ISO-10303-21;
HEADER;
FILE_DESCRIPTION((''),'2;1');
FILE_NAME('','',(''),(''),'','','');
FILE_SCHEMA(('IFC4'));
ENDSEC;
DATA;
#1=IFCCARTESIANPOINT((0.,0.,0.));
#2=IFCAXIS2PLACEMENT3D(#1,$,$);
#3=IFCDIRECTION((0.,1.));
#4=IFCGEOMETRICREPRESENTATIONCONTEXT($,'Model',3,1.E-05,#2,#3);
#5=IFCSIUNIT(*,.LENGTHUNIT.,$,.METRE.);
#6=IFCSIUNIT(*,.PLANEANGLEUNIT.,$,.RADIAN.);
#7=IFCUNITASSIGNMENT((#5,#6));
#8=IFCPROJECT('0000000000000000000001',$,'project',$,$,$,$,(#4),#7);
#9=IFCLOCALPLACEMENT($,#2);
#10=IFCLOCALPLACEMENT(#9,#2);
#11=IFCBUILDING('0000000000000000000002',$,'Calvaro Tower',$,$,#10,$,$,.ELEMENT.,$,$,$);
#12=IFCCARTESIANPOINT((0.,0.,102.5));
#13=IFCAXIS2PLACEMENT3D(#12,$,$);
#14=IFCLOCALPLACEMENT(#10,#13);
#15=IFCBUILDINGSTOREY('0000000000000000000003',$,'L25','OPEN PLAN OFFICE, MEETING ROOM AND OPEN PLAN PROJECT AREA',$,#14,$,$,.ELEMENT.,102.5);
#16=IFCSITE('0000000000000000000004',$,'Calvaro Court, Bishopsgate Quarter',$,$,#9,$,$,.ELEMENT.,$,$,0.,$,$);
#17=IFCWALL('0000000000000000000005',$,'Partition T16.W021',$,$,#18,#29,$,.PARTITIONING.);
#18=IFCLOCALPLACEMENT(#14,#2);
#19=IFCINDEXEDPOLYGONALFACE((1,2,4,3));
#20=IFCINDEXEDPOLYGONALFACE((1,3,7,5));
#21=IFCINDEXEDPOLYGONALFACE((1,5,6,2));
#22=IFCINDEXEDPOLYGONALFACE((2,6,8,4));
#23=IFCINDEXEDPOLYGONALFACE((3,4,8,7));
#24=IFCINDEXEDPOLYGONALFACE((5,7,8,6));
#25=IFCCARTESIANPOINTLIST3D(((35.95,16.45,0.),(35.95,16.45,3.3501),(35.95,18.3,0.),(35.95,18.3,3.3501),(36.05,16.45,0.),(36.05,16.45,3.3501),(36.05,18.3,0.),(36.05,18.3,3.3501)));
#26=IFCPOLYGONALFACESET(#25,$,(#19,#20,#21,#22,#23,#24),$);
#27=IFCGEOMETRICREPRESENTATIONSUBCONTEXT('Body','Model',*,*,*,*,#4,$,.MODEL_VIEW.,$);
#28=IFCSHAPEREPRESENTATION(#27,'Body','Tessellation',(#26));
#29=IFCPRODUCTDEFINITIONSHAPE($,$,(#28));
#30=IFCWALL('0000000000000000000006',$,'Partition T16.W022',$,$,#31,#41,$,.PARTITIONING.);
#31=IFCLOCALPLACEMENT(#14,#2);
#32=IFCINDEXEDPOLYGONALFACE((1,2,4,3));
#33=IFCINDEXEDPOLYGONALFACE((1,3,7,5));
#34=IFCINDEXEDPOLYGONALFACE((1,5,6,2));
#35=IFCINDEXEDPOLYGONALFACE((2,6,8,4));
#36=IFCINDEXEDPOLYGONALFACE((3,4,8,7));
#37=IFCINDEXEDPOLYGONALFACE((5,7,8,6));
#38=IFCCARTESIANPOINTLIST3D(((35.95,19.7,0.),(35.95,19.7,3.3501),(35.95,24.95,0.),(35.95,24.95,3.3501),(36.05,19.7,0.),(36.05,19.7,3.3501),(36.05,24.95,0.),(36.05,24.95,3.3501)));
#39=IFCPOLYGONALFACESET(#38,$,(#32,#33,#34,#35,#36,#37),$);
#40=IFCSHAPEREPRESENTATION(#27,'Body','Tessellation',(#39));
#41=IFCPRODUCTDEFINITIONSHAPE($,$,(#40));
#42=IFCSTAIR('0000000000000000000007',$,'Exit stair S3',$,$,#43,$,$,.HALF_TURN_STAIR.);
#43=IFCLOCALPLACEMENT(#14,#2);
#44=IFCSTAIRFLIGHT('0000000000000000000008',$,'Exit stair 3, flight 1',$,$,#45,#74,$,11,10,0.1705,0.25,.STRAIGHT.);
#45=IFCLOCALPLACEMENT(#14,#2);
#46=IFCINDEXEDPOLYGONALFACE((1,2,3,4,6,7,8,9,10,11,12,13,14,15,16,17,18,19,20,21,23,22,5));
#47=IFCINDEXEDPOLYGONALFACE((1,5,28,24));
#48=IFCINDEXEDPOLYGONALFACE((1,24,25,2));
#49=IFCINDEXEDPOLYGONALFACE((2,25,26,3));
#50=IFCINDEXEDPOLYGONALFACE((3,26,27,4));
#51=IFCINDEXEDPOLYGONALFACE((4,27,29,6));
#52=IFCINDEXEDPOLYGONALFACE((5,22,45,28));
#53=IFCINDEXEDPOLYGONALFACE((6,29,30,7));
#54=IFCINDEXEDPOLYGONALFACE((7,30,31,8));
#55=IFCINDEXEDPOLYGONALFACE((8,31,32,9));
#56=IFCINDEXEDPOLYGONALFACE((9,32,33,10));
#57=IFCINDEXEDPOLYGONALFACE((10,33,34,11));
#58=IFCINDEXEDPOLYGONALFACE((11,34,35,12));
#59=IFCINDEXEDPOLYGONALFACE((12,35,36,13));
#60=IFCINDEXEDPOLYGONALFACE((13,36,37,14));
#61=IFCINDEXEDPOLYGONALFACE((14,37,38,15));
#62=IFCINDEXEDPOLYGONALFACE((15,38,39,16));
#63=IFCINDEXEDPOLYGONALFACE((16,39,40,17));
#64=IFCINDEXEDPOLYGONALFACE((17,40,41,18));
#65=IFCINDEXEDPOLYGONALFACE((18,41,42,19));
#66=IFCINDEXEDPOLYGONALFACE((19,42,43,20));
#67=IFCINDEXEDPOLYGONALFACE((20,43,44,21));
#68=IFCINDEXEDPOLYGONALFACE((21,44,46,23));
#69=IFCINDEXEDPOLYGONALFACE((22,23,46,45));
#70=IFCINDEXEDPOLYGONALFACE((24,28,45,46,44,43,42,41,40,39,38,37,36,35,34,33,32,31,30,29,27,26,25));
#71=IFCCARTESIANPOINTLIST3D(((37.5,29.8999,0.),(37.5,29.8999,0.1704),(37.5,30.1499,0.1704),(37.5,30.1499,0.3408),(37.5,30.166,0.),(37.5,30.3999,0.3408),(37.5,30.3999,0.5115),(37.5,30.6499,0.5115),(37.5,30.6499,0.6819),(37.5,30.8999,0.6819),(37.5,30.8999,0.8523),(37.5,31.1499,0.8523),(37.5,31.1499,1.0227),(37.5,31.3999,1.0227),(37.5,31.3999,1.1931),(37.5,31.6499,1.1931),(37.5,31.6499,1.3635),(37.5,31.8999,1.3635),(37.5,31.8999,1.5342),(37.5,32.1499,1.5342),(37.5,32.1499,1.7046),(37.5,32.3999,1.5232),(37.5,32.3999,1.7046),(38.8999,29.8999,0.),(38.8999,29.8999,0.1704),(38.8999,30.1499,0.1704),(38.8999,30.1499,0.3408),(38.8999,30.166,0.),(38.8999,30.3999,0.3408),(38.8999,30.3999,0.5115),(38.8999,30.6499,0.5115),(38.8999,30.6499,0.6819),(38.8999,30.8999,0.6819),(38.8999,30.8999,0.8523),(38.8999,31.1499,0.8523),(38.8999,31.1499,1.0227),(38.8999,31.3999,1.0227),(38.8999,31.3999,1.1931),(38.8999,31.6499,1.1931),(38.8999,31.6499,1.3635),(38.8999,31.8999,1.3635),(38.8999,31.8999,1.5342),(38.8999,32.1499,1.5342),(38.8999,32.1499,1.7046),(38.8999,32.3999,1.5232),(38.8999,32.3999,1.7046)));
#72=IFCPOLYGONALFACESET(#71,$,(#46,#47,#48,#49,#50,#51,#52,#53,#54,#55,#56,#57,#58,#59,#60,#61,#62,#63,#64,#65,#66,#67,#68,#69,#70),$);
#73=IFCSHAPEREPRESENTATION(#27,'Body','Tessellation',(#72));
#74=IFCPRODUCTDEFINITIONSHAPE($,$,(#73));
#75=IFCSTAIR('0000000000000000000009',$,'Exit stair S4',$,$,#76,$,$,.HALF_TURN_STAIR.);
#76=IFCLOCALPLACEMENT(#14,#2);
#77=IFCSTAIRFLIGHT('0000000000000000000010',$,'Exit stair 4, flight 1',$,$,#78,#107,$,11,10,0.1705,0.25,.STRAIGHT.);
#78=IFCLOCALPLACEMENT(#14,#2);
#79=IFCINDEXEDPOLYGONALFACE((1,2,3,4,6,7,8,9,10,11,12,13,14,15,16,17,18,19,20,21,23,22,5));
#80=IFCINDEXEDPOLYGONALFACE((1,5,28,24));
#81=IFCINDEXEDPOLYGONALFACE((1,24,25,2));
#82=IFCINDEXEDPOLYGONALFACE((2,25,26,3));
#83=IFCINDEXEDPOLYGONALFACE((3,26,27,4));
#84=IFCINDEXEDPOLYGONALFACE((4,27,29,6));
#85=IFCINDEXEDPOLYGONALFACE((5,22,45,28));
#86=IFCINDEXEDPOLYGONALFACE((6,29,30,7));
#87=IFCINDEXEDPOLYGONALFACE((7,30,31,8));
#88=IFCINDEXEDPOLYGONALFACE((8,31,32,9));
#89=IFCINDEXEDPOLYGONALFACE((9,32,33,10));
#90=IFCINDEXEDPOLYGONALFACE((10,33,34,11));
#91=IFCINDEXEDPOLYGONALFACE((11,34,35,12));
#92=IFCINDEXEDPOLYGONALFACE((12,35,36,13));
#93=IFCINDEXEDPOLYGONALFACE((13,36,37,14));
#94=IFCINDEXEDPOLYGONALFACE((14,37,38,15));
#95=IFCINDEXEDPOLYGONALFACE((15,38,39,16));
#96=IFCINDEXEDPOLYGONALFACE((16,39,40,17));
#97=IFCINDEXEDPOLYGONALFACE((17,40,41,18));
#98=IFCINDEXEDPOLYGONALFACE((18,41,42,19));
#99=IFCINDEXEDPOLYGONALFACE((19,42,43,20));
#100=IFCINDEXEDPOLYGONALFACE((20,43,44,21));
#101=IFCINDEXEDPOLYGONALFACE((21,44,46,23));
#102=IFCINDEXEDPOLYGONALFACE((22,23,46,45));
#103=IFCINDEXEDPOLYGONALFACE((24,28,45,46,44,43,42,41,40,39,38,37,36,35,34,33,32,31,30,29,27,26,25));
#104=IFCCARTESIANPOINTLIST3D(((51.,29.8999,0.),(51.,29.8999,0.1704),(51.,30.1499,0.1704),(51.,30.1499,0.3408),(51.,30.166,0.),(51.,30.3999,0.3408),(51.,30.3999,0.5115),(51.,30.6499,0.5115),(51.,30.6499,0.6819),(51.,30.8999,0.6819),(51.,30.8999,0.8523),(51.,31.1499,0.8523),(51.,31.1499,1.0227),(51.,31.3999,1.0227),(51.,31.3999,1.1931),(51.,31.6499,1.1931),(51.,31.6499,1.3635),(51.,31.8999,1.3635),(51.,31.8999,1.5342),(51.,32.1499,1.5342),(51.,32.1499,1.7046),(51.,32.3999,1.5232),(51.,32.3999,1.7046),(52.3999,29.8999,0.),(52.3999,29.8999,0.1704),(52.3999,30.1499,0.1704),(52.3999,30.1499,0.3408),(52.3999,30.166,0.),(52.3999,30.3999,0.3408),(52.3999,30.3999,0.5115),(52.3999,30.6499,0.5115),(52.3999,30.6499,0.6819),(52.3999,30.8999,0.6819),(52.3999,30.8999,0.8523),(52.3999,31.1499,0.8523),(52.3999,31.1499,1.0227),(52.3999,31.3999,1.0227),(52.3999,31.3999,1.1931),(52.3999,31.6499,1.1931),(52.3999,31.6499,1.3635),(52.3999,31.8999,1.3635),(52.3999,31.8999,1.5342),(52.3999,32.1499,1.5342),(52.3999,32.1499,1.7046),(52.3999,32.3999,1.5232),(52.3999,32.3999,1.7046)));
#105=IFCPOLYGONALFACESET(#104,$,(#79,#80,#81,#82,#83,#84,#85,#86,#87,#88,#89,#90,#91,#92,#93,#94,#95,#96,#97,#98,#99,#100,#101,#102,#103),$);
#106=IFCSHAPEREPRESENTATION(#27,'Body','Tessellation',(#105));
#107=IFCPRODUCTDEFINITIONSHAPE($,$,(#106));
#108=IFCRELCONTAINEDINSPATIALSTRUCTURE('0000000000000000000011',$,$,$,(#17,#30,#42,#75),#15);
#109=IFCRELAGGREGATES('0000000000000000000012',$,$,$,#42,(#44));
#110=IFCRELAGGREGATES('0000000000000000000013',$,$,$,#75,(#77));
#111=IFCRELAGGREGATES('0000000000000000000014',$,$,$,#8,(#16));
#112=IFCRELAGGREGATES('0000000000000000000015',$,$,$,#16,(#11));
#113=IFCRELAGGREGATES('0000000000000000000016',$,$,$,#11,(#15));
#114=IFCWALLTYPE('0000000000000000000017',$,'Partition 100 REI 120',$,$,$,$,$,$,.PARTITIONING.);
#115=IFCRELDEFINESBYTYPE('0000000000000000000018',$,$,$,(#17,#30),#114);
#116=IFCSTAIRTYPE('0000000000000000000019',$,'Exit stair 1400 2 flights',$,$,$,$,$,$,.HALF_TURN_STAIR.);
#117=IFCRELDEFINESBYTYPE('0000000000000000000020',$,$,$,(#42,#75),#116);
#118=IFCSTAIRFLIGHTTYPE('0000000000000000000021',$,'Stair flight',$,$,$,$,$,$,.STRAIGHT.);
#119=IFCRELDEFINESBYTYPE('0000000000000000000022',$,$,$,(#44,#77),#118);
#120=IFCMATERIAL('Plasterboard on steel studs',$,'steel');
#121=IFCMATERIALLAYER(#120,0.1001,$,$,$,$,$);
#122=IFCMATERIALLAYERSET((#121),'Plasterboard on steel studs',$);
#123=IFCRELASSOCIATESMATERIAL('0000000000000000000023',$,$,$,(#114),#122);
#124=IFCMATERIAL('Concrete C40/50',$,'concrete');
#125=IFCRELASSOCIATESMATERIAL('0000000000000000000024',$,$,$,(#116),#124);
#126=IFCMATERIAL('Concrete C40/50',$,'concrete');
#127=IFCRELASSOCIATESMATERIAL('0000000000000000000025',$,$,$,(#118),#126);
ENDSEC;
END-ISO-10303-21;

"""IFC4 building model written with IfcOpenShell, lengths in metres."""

from ifc_helpers import new_model, si_unit, direction, frame, frame_2d, origin, place, context, subcontext, project, spatial, polyline, rectangle, outline, extrude, material, layer, layer_set, type_object, element, aggregate, save


model = new_model("IFC4")

# Units and contexts
model_context = context("Model", 3, precision=1e-05, world=origin(), true_north=direction((0.0, 1.0)))
body_context = subcontext(model_context, "Body", "Model", "MODEL_VIEW")
ifc_project = project(units=[si_unit("LENGTHUNIT", "METRE"), si_unit("PLANEANGLEUNIT", "RADIAN")], contexts=[model_context])

# Site, building, storey
site_placement = place(None, origin())
site = spatial("IfcSite", under=ifc_project, at=site_placement, Name="Calvaro Court, Bishopsgate Quarter", CompositionType="ELEMENT", RefElevation=0.0)
building_placement = place(site_placement, origin())
building = spatial("IfcBuilding", under=site, at=building_placement, Name="Calvaro Tower", CompositionType="ELEMENT")
storey_placement = place(building_placement, frame((0.0, 0.0, 102.5)))
storey = spatial("IfcBuildingStorey", under=building, at=storey_placement, Name="L25", Description="OPEN PLAN OFFICE, MEETING ROOM AND OPEN PLAN PROJECT AREA", CompositionType="ELEMENT", Elevation=102.5)

# Walls
ifc_material_1 = material(Name="Plasterboard on steel studs", Category="steel")
ifc_layer_1 = layer(ifc_material_1, 0.1001)
ifc_layer_set_1 = layer_set([ifc_layer_1], Name="Plasterboard on steel studs")
wall_type_1 = type_object("IfcWallType", Name="Partition 100 REI 120", PredefinedType="PARTITIONING", material=ifc_layer_set_1)
wall_1_placement = place(storey_placement, frame((36.0, 16.45, 0.0), z_axis=(0.0, 0.0, 1.0), x_axis=(0.0, 1.0, 0.0)))
element("IfcWall", 1, at=wall_1_placement, inside=storey, type_object=wall_type_1, Name="Partition T16.W021", PredefinedType="PARTITIONING", context=body_context, shape_type="SweptSolid", body=[
    extrude(rectangle(XDim=1.8501, YDim=0.1001, at=frame_2d((0.925, 0.0))), origin(), (0.0, 0.0, 1.0), 3.3501),
])
wall_2_placement = place(storey_placement, frame((36.0, 19.7, 0.0), z_axis=(0.0, 0.0, 1.0), x_axis=(0.0, 1.0, 0.0)))
element("IfcWall", 2, at=wall_2_placement, inside=storey, type_object=wall_type_1, Name="Partition T16.W022", PredefinedType="PARTITIONING", context=body_context, shape_type="SweptSolid", body=[
    extrude(rectangle(XDim=5.25, YDim=0.1001, at=frame_2d((2.625, 0.0))), origin(), (0.0, 0.0, 1.0), 3.3501),
])

# Stairs, stair flights
ifc_material_2 = material(Name="Concrete C40/50", Category="concrete")
stair_type = type_object("IfcStairType", Name="Exit stair 1400 2 flights", PredefinedType="HALF_TURN_STAIR", material=ifc_material_2)
stair_1_placement = place(storey_placement, origin())
stair_1 = element("IfcStair", 3, at=stair_1_placement, inside=storey, type_object=stair_type, Name="Exit stair S3", PredefinedType="HALF_TURN_STAIR")
ifc_material_3 = material(Name="Concrete C40/50", Category="concrete")
stair_flight_type = type_object("IfcStairFlightType", Name="Stair flight", PredefinedType="STRAIGHT", material=ifc_material_3)
stair_flight_1_placement = place(storey_placement, frame((38.2, 29.8999, 0.0), z_axis=(0.0, 0.0, 1.0), x_axis=(0.0, 1.0, 0.0)))
stair_flight_1 = element("IfcStairFlight", 4, at=stair_flight_1_placement, type_object=stair_flight_type, Name="Exit stair 3, flight 1", NumberOfRisers=11, NumberOfTreads=10, PredefinedType="STRAIGHT", RiserHeight=0.1705, TreadLength=0.25, context=body_context, shape_type="SweptSolid", body=[
    extrude(outline(polyline([(0.0, 0.0), (0.0, 0.1704), (0.25, 0.1704), (0.25, 0.3408), (0.5, 0.3408), (0.5, 0.5115), (0.75, 0.5115), (0.75, 0.6819), (1.0, 0.6819), (1.0, 0.8523), (1.25, 0.8523), (1.25, 1.0227), (1.5, 1.0227), (1.5, 1.1931), (1.75, 1.1931), (1.75, 1.3635), (2.0, 1.3635), (2.0, 1.5342), (2.25, 1.5342), (2.25, 1.7046), (2.5, 1.7046), (2.5, 1.875), (2.5, 1.5232), (0.2661, 0.0), (0.0, 0.0)])), frame((0.0, 0.7, 0.0), z_axis=(0.0, -1.0, 0.0), x_axis=(1.0, 0.0, 0.0)), (0.0, 0.0, 1.0), 1.3999),
])
stair_2_placement = place(storey_placement, origin())
stair_2 = element("IfcStair", 5, at=stair_2_placement, inside=storey, type_object=stair_type, Name="Exit stair S4", PredefinedType="HALF_TURN_STAIR")
stair_flight_2_placement = place(storey_placement, frame((51.7, 29.8999, 0.0), z_axis=(0.0, 0.0, 1.0), x_axis=(0.0, 1.0, 0.0)))
stair_flight_2 = element("IfcStairFlight", 6, at=stair_flight_2_placement, type_object=stair_flight_type, Name="Exit stair 4, flight 1", NumberOfRisers=11, NumberOfTreads=10, PredefinedType="STRAIGHT", RiserHeight=0.1705, TreadLength=0.25, context=body_context, shape_type="SweptSolid", body=[
    extrude(outline(polyline([(0.0, 0.0), (0.0, 0.1704), (0.25, 0.1704), (0.25, 0.3408), (0.5, 0.3408), (0.5, 0.5115), (0.75, 0.5115), (0.75, 0.6819), (1.0, 0.6819), (1.0, 0.8523), (1.25, 0.8523), (1.25, 1.0227), (1.5, 1.0227), (1.5, 1.1931), (1.75, 1.1931), (1.75, 1.3635), (2.0, 1.3635), (2.0, 1.5342), (2.25, 1.5342), (2.25, 1.7046), (2.5, 1.7046), (2.5, 1.875), (2.5, 1.5232), (0.2661, 0.0), (0.0, 0.0)])), frame((0.0, 0.7, 0.0), z_axis=(0.0, -1.0, 0.0), x_axis=(1.0, 0.0, 0.0)), (0.0, 0.0, 1.0), 1.3999),
])

aggregate(stair_1, [stair_flight_1])
aggregate(stair_2, [stair_flight_2])

save(model, "model.ifc")
